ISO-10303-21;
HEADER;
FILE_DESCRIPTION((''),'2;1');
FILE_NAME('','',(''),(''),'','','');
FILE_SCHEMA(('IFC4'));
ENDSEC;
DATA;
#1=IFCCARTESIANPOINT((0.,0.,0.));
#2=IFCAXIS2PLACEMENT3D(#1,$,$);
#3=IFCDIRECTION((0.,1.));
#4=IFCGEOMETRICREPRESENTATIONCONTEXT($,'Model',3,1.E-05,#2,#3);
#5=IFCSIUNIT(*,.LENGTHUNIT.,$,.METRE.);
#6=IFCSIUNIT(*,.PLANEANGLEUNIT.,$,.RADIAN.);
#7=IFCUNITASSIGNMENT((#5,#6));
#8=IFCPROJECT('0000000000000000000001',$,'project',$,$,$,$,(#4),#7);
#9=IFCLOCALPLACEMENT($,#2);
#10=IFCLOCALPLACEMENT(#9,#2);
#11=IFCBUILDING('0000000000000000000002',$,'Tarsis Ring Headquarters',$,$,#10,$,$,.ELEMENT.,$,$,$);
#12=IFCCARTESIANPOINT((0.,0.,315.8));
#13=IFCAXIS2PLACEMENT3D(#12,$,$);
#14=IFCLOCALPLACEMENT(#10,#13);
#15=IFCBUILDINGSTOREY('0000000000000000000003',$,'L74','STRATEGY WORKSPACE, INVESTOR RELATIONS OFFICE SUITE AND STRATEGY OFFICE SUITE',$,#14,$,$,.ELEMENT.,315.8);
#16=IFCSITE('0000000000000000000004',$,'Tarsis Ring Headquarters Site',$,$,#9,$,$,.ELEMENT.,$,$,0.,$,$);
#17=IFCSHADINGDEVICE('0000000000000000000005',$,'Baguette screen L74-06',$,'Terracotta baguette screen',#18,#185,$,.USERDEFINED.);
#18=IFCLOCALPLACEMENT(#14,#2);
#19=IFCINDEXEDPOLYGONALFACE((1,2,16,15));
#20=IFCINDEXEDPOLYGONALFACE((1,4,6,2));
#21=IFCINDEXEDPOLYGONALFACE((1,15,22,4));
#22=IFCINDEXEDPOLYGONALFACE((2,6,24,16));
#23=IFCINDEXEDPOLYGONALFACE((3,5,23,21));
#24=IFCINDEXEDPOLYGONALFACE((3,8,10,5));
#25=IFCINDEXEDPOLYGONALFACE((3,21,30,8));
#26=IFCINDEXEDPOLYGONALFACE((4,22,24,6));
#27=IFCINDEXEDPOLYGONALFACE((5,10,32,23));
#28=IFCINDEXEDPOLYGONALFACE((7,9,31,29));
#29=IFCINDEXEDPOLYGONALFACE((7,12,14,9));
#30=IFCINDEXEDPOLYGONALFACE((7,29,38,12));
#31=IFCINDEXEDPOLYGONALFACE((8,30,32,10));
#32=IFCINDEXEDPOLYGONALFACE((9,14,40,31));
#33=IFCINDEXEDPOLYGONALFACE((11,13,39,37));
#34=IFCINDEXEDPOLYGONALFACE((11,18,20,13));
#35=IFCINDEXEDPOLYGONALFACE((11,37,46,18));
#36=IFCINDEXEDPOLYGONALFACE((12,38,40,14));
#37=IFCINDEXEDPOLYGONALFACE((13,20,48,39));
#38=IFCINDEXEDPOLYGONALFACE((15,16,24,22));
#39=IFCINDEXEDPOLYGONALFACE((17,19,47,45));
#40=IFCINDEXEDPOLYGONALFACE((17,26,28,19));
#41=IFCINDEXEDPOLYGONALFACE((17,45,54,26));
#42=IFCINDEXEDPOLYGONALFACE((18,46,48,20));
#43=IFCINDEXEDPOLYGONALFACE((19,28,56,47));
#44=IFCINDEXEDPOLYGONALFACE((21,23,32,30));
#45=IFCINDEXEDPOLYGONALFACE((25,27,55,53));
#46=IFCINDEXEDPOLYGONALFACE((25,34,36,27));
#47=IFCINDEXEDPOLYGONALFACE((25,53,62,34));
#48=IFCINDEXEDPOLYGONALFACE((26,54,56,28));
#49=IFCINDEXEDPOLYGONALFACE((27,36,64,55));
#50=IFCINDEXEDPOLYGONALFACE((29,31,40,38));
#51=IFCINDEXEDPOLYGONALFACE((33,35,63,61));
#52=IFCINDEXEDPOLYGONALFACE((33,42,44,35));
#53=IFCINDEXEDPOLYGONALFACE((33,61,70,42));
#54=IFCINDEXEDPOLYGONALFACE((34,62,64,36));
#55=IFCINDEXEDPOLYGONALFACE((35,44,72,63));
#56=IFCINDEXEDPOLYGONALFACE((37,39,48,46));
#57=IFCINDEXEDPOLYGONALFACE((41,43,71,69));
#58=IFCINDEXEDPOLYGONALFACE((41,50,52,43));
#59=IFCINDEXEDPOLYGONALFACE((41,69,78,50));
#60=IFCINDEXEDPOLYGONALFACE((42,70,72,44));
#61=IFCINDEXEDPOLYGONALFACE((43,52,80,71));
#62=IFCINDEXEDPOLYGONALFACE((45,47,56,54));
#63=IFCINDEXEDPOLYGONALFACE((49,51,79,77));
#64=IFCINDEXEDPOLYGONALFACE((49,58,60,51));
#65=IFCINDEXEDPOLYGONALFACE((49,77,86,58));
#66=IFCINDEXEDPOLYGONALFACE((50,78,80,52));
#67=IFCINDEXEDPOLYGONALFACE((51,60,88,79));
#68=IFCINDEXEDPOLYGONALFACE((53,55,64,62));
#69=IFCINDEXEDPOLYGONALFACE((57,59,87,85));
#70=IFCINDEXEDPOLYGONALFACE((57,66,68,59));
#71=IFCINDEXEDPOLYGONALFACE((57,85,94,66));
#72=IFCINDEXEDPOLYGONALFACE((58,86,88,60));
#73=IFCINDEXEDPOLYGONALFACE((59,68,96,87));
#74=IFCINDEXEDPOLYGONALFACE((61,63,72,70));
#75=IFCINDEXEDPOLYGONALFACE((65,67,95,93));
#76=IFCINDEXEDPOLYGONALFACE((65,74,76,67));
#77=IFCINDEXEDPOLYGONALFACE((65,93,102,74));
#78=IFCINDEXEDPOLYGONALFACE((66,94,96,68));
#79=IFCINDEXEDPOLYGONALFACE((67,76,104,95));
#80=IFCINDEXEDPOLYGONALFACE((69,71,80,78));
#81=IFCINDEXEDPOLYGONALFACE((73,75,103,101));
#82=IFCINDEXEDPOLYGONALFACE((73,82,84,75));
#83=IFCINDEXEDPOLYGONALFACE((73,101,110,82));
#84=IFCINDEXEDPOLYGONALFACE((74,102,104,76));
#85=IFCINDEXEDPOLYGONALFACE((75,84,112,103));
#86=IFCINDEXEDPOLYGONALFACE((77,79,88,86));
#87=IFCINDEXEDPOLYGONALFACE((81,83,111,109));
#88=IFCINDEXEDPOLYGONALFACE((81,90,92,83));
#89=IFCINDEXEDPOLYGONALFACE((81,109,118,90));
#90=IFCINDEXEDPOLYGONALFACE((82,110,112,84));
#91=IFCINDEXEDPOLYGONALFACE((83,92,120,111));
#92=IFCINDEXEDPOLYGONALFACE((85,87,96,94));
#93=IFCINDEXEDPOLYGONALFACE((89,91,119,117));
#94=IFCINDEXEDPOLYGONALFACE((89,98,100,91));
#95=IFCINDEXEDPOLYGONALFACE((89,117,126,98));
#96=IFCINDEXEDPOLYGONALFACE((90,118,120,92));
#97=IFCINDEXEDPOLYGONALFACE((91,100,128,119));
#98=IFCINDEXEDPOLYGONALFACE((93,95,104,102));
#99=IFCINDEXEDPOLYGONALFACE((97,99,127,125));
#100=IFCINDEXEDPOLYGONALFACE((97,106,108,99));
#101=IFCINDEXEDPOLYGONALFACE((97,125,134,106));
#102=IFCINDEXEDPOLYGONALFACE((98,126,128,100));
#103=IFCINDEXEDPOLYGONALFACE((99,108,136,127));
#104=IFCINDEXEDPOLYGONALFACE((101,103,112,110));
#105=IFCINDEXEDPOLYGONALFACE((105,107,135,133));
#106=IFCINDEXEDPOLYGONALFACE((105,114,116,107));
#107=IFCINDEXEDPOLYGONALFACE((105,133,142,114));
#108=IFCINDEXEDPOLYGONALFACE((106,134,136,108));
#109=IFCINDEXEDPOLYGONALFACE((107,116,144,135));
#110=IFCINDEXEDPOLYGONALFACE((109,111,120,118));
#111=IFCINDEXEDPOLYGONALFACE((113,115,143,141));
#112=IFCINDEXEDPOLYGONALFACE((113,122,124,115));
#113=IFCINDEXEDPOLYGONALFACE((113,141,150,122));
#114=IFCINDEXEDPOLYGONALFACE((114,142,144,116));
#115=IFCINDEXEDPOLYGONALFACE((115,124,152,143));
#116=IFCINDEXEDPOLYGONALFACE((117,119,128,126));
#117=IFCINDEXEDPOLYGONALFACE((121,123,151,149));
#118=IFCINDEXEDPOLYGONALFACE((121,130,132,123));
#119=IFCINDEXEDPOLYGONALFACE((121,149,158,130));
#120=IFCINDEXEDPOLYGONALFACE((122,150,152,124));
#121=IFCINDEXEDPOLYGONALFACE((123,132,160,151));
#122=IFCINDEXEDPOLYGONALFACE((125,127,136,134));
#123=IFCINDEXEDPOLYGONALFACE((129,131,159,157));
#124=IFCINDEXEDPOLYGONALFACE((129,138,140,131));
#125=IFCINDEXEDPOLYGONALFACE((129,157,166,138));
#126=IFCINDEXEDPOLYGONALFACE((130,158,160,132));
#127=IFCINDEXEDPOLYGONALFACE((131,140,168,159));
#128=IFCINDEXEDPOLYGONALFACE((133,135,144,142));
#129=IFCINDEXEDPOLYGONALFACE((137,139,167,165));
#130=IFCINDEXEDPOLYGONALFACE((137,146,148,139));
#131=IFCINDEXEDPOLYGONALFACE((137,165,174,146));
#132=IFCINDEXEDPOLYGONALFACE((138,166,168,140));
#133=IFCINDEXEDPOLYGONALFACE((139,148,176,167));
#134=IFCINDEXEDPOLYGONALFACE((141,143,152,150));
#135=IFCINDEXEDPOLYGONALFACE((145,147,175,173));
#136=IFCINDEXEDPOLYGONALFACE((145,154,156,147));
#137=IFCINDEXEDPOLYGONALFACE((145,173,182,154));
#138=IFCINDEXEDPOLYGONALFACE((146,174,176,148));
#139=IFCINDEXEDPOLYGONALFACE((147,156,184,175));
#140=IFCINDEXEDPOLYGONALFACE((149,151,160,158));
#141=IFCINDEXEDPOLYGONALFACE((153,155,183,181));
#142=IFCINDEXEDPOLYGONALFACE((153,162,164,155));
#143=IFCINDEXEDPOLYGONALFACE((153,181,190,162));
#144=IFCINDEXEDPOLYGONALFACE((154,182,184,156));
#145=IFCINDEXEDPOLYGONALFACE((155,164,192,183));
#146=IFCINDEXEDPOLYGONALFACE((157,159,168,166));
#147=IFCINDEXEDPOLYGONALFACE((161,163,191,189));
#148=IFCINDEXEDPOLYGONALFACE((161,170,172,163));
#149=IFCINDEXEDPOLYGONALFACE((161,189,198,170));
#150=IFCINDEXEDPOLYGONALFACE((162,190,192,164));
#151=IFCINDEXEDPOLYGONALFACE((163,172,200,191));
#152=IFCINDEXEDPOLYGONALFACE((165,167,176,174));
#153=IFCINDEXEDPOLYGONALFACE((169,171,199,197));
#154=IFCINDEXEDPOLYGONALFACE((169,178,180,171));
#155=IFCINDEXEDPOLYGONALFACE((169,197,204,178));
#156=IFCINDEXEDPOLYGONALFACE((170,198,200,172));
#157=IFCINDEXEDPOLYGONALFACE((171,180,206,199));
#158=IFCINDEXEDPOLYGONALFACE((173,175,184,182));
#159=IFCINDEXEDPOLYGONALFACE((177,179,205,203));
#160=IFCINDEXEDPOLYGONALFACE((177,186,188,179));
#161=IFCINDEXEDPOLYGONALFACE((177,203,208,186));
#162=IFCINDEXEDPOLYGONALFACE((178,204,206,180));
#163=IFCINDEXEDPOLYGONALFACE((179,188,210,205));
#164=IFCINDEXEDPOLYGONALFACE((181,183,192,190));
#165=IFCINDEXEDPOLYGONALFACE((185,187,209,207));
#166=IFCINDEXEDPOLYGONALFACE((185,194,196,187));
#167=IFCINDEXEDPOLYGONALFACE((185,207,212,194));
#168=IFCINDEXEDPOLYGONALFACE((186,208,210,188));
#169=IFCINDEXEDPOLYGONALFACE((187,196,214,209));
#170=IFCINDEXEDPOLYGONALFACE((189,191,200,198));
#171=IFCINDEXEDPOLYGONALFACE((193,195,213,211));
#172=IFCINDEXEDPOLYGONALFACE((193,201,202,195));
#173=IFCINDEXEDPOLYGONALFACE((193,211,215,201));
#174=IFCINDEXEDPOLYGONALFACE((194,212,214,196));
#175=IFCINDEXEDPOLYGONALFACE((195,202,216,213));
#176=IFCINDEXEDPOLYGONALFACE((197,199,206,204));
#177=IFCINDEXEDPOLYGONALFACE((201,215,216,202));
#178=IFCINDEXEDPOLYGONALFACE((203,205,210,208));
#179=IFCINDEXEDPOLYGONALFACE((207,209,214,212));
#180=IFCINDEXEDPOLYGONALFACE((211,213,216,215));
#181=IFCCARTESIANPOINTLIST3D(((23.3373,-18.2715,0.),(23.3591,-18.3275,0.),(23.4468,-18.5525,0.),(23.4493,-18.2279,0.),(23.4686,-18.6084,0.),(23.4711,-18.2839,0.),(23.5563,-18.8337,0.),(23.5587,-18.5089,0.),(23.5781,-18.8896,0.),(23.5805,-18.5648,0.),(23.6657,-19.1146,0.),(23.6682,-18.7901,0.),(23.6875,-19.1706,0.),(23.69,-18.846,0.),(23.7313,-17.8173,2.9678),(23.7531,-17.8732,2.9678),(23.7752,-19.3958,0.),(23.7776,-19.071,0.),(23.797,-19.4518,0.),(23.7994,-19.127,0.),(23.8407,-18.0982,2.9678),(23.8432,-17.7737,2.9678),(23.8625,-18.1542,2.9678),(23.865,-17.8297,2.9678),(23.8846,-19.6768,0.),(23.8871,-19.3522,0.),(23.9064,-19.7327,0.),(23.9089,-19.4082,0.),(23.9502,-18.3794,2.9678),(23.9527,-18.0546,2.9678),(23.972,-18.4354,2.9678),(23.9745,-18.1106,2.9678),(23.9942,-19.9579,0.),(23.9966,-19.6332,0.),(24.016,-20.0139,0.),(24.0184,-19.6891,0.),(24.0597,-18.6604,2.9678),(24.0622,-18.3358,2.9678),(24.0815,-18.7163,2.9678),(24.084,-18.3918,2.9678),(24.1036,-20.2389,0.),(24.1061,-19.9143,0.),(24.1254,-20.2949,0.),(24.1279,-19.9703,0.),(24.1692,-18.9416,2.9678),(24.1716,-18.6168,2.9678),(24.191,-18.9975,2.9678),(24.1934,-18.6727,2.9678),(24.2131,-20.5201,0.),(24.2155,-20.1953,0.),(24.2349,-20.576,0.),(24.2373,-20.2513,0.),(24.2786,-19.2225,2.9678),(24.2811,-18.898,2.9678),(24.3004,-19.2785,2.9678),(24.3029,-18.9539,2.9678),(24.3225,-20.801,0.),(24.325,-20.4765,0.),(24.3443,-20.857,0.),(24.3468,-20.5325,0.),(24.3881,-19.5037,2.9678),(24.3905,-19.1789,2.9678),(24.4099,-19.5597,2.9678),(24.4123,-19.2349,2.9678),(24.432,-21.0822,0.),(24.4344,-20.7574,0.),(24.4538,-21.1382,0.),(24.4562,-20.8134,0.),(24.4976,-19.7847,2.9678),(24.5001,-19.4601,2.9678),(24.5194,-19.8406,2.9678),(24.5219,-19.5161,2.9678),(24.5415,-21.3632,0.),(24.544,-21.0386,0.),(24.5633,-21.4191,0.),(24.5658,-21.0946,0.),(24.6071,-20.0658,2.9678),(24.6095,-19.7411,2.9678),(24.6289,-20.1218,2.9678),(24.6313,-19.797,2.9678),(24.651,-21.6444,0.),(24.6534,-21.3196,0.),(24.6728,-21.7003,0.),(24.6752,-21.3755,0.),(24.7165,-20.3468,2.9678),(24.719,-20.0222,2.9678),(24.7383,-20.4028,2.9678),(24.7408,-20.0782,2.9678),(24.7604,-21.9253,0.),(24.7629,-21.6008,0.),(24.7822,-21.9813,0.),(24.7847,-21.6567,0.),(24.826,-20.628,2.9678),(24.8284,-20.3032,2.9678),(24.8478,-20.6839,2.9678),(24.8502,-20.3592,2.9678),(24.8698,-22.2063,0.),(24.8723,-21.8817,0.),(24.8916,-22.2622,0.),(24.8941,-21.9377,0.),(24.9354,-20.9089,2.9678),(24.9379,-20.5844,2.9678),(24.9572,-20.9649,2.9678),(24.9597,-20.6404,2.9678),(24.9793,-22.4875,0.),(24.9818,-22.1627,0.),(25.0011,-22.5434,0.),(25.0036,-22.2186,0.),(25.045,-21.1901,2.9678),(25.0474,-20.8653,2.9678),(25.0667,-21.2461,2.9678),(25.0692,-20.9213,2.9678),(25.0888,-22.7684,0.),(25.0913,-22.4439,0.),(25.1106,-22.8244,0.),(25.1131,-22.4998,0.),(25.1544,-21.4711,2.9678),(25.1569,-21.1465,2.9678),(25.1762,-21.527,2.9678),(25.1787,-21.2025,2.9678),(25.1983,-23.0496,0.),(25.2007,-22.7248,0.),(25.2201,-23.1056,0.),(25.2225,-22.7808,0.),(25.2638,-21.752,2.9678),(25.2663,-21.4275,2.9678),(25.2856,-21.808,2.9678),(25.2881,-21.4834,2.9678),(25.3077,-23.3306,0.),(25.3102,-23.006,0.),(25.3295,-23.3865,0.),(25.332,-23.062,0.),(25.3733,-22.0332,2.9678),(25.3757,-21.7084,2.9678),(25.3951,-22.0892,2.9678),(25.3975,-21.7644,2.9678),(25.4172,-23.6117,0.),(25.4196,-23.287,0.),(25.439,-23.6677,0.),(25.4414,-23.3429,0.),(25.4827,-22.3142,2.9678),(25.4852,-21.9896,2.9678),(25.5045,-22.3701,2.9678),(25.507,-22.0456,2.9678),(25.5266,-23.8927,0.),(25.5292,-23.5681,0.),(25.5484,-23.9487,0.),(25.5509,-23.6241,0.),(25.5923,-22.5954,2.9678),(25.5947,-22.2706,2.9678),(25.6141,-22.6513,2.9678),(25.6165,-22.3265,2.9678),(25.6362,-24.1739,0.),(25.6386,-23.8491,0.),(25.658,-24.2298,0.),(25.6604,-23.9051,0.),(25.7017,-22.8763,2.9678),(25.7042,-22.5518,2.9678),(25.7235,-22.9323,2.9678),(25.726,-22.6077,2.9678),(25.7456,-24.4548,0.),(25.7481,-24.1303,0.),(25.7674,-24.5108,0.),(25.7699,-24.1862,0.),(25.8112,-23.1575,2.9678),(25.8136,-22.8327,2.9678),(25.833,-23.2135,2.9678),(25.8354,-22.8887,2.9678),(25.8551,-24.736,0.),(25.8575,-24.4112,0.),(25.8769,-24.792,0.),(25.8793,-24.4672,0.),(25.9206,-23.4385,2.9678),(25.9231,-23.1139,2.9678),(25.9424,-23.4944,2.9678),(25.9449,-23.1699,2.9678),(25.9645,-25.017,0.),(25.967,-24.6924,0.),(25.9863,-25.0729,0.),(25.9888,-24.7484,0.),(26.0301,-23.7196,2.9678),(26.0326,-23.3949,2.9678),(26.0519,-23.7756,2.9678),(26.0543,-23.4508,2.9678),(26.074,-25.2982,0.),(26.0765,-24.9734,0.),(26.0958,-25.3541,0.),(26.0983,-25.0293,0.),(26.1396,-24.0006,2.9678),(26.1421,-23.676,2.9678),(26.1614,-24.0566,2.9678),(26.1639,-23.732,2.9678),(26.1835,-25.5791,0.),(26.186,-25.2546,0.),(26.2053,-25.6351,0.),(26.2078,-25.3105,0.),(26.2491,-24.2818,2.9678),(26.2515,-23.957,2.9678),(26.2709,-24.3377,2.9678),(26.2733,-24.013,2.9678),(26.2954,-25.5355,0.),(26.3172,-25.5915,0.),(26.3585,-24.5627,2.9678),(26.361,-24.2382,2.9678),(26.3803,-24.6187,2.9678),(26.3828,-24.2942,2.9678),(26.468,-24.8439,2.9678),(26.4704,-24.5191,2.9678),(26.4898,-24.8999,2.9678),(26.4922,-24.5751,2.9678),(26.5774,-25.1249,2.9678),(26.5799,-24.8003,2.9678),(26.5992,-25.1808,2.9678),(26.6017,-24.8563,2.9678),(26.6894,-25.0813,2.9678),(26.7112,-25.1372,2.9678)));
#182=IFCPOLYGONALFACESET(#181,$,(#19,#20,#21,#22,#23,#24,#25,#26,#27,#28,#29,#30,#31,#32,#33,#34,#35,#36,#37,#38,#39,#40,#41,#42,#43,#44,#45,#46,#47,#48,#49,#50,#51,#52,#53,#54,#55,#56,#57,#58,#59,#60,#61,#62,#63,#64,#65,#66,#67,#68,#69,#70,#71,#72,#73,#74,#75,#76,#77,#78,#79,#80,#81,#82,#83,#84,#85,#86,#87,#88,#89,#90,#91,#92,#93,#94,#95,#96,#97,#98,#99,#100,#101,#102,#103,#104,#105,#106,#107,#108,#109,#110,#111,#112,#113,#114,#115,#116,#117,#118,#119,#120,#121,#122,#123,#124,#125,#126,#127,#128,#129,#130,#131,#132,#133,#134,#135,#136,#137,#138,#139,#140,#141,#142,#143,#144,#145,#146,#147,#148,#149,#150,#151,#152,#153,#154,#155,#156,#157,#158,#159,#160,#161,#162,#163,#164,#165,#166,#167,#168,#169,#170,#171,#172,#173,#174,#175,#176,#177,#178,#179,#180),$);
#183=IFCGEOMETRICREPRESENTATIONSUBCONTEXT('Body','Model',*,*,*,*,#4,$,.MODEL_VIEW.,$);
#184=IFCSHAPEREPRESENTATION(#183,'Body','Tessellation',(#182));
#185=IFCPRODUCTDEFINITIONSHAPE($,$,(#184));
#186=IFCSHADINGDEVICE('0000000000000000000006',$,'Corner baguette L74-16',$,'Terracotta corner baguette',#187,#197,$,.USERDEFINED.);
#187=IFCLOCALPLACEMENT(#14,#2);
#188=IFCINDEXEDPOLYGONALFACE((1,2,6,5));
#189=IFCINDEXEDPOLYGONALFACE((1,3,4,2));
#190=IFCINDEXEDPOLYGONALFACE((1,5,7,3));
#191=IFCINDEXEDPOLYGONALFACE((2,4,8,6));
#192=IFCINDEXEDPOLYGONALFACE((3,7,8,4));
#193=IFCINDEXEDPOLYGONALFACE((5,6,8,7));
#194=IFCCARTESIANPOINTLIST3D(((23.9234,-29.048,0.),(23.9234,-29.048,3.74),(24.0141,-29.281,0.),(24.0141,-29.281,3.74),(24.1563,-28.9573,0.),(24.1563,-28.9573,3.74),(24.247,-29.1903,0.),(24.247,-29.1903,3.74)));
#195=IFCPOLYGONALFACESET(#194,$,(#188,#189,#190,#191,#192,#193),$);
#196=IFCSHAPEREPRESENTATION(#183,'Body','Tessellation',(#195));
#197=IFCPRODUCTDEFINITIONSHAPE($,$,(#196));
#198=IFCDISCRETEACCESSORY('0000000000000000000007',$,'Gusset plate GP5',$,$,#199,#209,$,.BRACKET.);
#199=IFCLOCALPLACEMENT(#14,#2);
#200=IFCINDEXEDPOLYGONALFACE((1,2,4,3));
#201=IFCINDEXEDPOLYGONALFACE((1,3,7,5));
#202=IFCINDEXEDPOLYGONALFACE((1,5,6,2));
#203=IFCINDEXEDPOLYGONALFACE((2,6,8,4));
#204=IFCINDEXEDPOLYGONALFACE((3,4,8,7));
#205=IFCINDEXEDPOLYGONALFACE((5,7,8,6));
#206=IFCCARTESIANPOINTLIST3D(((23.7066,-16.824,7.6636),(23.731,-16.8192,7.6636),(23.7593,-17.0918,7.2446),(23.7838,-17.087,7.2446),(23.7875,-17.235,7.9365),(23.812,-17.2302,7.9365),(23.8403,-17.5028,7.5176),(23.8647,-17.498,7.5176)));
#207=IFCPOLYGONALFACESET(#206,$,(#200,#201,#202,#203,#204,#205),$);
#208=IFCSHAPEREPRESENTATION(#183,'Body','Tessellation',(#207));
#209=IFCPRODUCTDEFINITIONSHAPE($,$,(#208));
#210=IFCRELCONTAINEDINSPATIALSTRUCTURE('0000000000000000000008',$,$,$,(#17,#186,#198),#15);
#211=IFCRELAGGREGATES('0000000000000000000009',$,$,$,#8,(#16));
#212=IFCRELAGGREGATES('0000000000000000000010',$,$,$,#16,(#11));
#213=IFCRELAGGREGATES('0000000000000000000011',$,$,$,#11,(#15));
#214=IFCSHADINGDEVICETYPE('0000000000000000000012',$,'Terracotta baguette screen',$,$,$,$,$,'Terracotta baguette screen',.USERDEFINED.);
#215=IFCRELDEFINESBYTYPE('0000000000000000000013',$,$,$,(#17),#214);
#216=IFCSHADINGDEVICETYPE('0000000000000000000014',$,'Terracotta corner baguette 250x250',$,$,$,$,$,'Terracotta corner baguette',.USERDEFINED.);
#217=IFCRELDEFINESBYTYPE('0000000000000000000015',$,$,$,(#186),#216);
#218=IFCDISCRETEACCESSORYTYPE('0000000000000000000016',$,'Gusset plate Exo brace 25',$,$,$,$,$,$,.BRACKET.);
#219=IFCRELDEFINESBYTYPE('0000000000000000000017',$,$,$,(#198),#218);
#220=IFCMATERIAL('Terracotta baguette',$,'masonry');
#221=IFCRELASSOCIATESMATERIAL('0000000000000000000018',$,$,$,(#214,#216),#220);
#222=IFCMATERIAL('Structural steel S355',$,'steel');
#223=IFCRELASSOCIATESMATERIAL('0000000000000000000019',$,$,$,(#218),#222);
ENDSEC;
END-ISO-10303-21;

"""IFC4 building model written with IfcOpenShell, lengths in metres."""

from ifc_helpers import new_model, si_unit, direction, frame, frame_2d, origin, origin_2d, place, context, subcontext, project, spatial, rectangle, composite_profile, extrude, material, material_profile, profile_set, type_object, element, save


model = new_model("IFC4")

# Units and contexts
model_context = context("Model", 3, precision=1e-05, world=origin(), true_north=direction((0.0, 1.0)))
body_context = subcontext(model_context, "Body", "Model", "MODEL_VIEW")
ifc_project = project(units=[si_unit("LENGTHUNIT", "METRE"), si_unit("PLANEANGLEUNIT", "RADIAN")], contexts=[model_context])

# Site, building, storey
site_placement = place(None, origin())
site = spatial("IfcSite", under=ifc_project, at=site_placement, Name="Tarsis Ring Headquarters Site", CompositionType="ELEMENT", RefElevation=0.0)
building_placement = place(site_placement, origin())
building = spatial("IfcBuilding", under=site, at=building_placement, Name="Tarsis Ring Headquarters", CompositionType="ELEMENT")
storey_placement = place(building_placement, frame((0.0, 0.0, 315.8)))
storey = spatial("IfcBuildingStorey", under=building, at=storey_placement, Name="L74", Description="STRATEGY WORKSPACE, INVESTOR RELATIONS OFFICE SUITE AND STRATEGY OFFICE SUITE", CompositionType="ELEMENT", Elevation=315.8)

# Shared definitions
ifc_material_1 = material(Name="Structural steel S355", Category="steel")

# Shading devices
ifc_material_2 = material(Name="Terracotta baguette", Category="masonry")
shading_device_type_1 = type_object("IfcShadingDeviceType", Name="Terracotta baguette screen", ElementType="Terracotta baguette screen", PredefinedType="USERDEFINED", material=ifc_material_2)
shading_device_1_placement = place(storey_placement, frame((26.2612, -25.6133, 0.0), z_axis=(0.0, 0.0, 1.0), x_axis=(-0.36292, 0.931815, 0.0)))
element("IfcShadingDevice", 1, at=shading_device_1_placement, inside=storey, type_object=shading_device_type_1, Name="Baguette screen L74-06", ObjectType="Terracotta baguette screen", PredefinedType="USERDEFINED", context=body_context, shape_type="SweptSolid", body=[
    extrude(composite_profile([rectangle(XDim=0.0601, YDim=0.1201, at=frame_2d((0.03, 0.0))), rectangle(XDim=0.0601, YDim=0.1201, at=frame_2d((0.3315, 0.0))), rectangle(XDim=0.0601, YDim=0.1201, at=frame_2d((0.6333, 0.0))), rectangle(XDim=0.0601, YDim=0.1201, at=frame_2d((0.9348, 0.0))), rectangle(XDim=0.0601, YDim=0.1201, at=frame_2d((1.2366, 0.0))), rectangle(XDim=0.0601, YDim=0.1201, at=frame_2d((1.5381, 0.0))), rectangle(XDim=0.0601, YDim=0.1201, at=frame_2d((1.8398, 0.0))), rectangle(XDim=0.0601, YDim=0.1201, at=frame_2d((2.1414, 0.0))), rectangle(XDim=0.0601, YDim=0.1201, at=frame_2d((2.4431, 0.0))), rectangle(XDim=0.0601, YDim=0.1201, at=frame_2d((2.7446, 0.0))), rectangle(XDim=0.0601, YDim=0.1201, at=frame_2d((3.0464, 0.0))), rectangle(XDim=0.0601, YDim=0.1201, at=frame_2d((3.3479, 0.0))), rectangle(XDim=0.0601, YDim=0.1201, at=frame_2d((3.6497, 0.0))), rectangle(XDim=0.0601, YDim=0.1201, at=frame_2d((3.9512, 0.0))), rectangle(XDim=0.0601, YDim=0.1201, at=frame_2d((4.2527, 0.0))), rectangle(XDim=0.0601, YDim=0.1201, at=frame_2d((4.5544, 0.0))), rectangle(XDim=0.0601, YDim=0.1201, at=frame_2d((4.856, 0.0))), rectangle(XDim=0.0601, YDim=0.1201, at=frame_2d((5.1577, 0.0))), rectangle(XDim=0.0601, YDim=0.1201, at=frame_2d((5.4592, 0.0))), rectangle(XDim=0.0601, YDim=0.1201, at=frame_2d((5.761, 0.0))), rectangle(XDim=0.0601, YDim=0.1201, at=frame_2d((6.0625, 0.0))), rectangle(XDim=0.0601, YDim=0.1201, at=frame_2d((6.3643, 0.0))), rectangle(XDim=0.0601, YDim=0.1201, at=frame_2d((6.6658, 0.0))), rectangle(XDim=0.0601, YDim=0.1201, at=frame_2d((6.9675, 0.0))), rectangle(XDim=0.0601, YDim=0.1201, at=frame_2d((7.269, 0.0))), rectangle(XDim=0.0601, YDim=0.1201, at=frame_2d((7.5708, 0.0))), rectangle(XDim=0.0601, YDim=0.1201, at=frame_2d((7.8723, 0.0)))]), origin(), (0.092562, -0.175678, 0.980086), 3.0281),
])
shading_device_type_2 = type_object("IfcShadingDeviceType", Name="Terracotta corner baguette 250x250", ElementType="Terracotta corner baguette", PredefinedType="USERDEFINED", material=ifc_material_2)
shading_device_2_placement = place(storey_placement, frame((24.0852, -29.1191, 0.0), z_axis=(0.0, 0.0, 1.0), x_axis=(0.931818, 0.362926, 0.0)))
element("IfcShadingDevice", 2, at=shading_device_2_placement, inside=storey, type_object=shading_device_type_2, Name="Corner baguette L74-16", ObjectType="Terracotta corner baguette", PredefinedType="USERDEFINED", context=body_context, shape_type="SweptSolid", body=[
    extrude(rectangle(XDim=0.25, YDim=0.25, at=origin_2d()), origin(), (0.0, 0.0, 1.0), 3.74),
])

# Discrete accessory
ifc_material_profile_1 = material_profile(ifc_material_1, rectangle(XDim=0.0249, YDim=0.5, at=origin_2d()), Name="PL 25x500")
ifc_profile_set_1 = profile_set([ifc_material_profile_1], Name="Structural steel S355")
discrete_accessory_type = type_object("IfcDiscreteAccessoryType", Name="Gusset plate Exo brace 25", PredefinedType="BRACKET", material=ifc_profile_set_1)
for number, where, z_axis, x_axis, name in (
    (3, (23.7593, -17.0271, 7.8), (0.105464, -0.535618, -0.837849), (0.981161, 0.193191, 0.0), "Gusset plate GP5"),
):
    element("IfcDiscreteAccessory", number, at=place(storey_placement, frame(where, z_axis=z_axis, x_axis=x_axis)), inside=storey, type_object=discrete_accessory_type, Name=name, PredefinedType="BRACKET", context=body_context, shape_type="SweptSolid", body=[
        extrude(rectangle(XDim=0.0249, YDim=0.5, at=origin_2d()), origin(), (0.0, 0.0, 1.0), 0.5),
    ])

save(model, "model.ifc")
